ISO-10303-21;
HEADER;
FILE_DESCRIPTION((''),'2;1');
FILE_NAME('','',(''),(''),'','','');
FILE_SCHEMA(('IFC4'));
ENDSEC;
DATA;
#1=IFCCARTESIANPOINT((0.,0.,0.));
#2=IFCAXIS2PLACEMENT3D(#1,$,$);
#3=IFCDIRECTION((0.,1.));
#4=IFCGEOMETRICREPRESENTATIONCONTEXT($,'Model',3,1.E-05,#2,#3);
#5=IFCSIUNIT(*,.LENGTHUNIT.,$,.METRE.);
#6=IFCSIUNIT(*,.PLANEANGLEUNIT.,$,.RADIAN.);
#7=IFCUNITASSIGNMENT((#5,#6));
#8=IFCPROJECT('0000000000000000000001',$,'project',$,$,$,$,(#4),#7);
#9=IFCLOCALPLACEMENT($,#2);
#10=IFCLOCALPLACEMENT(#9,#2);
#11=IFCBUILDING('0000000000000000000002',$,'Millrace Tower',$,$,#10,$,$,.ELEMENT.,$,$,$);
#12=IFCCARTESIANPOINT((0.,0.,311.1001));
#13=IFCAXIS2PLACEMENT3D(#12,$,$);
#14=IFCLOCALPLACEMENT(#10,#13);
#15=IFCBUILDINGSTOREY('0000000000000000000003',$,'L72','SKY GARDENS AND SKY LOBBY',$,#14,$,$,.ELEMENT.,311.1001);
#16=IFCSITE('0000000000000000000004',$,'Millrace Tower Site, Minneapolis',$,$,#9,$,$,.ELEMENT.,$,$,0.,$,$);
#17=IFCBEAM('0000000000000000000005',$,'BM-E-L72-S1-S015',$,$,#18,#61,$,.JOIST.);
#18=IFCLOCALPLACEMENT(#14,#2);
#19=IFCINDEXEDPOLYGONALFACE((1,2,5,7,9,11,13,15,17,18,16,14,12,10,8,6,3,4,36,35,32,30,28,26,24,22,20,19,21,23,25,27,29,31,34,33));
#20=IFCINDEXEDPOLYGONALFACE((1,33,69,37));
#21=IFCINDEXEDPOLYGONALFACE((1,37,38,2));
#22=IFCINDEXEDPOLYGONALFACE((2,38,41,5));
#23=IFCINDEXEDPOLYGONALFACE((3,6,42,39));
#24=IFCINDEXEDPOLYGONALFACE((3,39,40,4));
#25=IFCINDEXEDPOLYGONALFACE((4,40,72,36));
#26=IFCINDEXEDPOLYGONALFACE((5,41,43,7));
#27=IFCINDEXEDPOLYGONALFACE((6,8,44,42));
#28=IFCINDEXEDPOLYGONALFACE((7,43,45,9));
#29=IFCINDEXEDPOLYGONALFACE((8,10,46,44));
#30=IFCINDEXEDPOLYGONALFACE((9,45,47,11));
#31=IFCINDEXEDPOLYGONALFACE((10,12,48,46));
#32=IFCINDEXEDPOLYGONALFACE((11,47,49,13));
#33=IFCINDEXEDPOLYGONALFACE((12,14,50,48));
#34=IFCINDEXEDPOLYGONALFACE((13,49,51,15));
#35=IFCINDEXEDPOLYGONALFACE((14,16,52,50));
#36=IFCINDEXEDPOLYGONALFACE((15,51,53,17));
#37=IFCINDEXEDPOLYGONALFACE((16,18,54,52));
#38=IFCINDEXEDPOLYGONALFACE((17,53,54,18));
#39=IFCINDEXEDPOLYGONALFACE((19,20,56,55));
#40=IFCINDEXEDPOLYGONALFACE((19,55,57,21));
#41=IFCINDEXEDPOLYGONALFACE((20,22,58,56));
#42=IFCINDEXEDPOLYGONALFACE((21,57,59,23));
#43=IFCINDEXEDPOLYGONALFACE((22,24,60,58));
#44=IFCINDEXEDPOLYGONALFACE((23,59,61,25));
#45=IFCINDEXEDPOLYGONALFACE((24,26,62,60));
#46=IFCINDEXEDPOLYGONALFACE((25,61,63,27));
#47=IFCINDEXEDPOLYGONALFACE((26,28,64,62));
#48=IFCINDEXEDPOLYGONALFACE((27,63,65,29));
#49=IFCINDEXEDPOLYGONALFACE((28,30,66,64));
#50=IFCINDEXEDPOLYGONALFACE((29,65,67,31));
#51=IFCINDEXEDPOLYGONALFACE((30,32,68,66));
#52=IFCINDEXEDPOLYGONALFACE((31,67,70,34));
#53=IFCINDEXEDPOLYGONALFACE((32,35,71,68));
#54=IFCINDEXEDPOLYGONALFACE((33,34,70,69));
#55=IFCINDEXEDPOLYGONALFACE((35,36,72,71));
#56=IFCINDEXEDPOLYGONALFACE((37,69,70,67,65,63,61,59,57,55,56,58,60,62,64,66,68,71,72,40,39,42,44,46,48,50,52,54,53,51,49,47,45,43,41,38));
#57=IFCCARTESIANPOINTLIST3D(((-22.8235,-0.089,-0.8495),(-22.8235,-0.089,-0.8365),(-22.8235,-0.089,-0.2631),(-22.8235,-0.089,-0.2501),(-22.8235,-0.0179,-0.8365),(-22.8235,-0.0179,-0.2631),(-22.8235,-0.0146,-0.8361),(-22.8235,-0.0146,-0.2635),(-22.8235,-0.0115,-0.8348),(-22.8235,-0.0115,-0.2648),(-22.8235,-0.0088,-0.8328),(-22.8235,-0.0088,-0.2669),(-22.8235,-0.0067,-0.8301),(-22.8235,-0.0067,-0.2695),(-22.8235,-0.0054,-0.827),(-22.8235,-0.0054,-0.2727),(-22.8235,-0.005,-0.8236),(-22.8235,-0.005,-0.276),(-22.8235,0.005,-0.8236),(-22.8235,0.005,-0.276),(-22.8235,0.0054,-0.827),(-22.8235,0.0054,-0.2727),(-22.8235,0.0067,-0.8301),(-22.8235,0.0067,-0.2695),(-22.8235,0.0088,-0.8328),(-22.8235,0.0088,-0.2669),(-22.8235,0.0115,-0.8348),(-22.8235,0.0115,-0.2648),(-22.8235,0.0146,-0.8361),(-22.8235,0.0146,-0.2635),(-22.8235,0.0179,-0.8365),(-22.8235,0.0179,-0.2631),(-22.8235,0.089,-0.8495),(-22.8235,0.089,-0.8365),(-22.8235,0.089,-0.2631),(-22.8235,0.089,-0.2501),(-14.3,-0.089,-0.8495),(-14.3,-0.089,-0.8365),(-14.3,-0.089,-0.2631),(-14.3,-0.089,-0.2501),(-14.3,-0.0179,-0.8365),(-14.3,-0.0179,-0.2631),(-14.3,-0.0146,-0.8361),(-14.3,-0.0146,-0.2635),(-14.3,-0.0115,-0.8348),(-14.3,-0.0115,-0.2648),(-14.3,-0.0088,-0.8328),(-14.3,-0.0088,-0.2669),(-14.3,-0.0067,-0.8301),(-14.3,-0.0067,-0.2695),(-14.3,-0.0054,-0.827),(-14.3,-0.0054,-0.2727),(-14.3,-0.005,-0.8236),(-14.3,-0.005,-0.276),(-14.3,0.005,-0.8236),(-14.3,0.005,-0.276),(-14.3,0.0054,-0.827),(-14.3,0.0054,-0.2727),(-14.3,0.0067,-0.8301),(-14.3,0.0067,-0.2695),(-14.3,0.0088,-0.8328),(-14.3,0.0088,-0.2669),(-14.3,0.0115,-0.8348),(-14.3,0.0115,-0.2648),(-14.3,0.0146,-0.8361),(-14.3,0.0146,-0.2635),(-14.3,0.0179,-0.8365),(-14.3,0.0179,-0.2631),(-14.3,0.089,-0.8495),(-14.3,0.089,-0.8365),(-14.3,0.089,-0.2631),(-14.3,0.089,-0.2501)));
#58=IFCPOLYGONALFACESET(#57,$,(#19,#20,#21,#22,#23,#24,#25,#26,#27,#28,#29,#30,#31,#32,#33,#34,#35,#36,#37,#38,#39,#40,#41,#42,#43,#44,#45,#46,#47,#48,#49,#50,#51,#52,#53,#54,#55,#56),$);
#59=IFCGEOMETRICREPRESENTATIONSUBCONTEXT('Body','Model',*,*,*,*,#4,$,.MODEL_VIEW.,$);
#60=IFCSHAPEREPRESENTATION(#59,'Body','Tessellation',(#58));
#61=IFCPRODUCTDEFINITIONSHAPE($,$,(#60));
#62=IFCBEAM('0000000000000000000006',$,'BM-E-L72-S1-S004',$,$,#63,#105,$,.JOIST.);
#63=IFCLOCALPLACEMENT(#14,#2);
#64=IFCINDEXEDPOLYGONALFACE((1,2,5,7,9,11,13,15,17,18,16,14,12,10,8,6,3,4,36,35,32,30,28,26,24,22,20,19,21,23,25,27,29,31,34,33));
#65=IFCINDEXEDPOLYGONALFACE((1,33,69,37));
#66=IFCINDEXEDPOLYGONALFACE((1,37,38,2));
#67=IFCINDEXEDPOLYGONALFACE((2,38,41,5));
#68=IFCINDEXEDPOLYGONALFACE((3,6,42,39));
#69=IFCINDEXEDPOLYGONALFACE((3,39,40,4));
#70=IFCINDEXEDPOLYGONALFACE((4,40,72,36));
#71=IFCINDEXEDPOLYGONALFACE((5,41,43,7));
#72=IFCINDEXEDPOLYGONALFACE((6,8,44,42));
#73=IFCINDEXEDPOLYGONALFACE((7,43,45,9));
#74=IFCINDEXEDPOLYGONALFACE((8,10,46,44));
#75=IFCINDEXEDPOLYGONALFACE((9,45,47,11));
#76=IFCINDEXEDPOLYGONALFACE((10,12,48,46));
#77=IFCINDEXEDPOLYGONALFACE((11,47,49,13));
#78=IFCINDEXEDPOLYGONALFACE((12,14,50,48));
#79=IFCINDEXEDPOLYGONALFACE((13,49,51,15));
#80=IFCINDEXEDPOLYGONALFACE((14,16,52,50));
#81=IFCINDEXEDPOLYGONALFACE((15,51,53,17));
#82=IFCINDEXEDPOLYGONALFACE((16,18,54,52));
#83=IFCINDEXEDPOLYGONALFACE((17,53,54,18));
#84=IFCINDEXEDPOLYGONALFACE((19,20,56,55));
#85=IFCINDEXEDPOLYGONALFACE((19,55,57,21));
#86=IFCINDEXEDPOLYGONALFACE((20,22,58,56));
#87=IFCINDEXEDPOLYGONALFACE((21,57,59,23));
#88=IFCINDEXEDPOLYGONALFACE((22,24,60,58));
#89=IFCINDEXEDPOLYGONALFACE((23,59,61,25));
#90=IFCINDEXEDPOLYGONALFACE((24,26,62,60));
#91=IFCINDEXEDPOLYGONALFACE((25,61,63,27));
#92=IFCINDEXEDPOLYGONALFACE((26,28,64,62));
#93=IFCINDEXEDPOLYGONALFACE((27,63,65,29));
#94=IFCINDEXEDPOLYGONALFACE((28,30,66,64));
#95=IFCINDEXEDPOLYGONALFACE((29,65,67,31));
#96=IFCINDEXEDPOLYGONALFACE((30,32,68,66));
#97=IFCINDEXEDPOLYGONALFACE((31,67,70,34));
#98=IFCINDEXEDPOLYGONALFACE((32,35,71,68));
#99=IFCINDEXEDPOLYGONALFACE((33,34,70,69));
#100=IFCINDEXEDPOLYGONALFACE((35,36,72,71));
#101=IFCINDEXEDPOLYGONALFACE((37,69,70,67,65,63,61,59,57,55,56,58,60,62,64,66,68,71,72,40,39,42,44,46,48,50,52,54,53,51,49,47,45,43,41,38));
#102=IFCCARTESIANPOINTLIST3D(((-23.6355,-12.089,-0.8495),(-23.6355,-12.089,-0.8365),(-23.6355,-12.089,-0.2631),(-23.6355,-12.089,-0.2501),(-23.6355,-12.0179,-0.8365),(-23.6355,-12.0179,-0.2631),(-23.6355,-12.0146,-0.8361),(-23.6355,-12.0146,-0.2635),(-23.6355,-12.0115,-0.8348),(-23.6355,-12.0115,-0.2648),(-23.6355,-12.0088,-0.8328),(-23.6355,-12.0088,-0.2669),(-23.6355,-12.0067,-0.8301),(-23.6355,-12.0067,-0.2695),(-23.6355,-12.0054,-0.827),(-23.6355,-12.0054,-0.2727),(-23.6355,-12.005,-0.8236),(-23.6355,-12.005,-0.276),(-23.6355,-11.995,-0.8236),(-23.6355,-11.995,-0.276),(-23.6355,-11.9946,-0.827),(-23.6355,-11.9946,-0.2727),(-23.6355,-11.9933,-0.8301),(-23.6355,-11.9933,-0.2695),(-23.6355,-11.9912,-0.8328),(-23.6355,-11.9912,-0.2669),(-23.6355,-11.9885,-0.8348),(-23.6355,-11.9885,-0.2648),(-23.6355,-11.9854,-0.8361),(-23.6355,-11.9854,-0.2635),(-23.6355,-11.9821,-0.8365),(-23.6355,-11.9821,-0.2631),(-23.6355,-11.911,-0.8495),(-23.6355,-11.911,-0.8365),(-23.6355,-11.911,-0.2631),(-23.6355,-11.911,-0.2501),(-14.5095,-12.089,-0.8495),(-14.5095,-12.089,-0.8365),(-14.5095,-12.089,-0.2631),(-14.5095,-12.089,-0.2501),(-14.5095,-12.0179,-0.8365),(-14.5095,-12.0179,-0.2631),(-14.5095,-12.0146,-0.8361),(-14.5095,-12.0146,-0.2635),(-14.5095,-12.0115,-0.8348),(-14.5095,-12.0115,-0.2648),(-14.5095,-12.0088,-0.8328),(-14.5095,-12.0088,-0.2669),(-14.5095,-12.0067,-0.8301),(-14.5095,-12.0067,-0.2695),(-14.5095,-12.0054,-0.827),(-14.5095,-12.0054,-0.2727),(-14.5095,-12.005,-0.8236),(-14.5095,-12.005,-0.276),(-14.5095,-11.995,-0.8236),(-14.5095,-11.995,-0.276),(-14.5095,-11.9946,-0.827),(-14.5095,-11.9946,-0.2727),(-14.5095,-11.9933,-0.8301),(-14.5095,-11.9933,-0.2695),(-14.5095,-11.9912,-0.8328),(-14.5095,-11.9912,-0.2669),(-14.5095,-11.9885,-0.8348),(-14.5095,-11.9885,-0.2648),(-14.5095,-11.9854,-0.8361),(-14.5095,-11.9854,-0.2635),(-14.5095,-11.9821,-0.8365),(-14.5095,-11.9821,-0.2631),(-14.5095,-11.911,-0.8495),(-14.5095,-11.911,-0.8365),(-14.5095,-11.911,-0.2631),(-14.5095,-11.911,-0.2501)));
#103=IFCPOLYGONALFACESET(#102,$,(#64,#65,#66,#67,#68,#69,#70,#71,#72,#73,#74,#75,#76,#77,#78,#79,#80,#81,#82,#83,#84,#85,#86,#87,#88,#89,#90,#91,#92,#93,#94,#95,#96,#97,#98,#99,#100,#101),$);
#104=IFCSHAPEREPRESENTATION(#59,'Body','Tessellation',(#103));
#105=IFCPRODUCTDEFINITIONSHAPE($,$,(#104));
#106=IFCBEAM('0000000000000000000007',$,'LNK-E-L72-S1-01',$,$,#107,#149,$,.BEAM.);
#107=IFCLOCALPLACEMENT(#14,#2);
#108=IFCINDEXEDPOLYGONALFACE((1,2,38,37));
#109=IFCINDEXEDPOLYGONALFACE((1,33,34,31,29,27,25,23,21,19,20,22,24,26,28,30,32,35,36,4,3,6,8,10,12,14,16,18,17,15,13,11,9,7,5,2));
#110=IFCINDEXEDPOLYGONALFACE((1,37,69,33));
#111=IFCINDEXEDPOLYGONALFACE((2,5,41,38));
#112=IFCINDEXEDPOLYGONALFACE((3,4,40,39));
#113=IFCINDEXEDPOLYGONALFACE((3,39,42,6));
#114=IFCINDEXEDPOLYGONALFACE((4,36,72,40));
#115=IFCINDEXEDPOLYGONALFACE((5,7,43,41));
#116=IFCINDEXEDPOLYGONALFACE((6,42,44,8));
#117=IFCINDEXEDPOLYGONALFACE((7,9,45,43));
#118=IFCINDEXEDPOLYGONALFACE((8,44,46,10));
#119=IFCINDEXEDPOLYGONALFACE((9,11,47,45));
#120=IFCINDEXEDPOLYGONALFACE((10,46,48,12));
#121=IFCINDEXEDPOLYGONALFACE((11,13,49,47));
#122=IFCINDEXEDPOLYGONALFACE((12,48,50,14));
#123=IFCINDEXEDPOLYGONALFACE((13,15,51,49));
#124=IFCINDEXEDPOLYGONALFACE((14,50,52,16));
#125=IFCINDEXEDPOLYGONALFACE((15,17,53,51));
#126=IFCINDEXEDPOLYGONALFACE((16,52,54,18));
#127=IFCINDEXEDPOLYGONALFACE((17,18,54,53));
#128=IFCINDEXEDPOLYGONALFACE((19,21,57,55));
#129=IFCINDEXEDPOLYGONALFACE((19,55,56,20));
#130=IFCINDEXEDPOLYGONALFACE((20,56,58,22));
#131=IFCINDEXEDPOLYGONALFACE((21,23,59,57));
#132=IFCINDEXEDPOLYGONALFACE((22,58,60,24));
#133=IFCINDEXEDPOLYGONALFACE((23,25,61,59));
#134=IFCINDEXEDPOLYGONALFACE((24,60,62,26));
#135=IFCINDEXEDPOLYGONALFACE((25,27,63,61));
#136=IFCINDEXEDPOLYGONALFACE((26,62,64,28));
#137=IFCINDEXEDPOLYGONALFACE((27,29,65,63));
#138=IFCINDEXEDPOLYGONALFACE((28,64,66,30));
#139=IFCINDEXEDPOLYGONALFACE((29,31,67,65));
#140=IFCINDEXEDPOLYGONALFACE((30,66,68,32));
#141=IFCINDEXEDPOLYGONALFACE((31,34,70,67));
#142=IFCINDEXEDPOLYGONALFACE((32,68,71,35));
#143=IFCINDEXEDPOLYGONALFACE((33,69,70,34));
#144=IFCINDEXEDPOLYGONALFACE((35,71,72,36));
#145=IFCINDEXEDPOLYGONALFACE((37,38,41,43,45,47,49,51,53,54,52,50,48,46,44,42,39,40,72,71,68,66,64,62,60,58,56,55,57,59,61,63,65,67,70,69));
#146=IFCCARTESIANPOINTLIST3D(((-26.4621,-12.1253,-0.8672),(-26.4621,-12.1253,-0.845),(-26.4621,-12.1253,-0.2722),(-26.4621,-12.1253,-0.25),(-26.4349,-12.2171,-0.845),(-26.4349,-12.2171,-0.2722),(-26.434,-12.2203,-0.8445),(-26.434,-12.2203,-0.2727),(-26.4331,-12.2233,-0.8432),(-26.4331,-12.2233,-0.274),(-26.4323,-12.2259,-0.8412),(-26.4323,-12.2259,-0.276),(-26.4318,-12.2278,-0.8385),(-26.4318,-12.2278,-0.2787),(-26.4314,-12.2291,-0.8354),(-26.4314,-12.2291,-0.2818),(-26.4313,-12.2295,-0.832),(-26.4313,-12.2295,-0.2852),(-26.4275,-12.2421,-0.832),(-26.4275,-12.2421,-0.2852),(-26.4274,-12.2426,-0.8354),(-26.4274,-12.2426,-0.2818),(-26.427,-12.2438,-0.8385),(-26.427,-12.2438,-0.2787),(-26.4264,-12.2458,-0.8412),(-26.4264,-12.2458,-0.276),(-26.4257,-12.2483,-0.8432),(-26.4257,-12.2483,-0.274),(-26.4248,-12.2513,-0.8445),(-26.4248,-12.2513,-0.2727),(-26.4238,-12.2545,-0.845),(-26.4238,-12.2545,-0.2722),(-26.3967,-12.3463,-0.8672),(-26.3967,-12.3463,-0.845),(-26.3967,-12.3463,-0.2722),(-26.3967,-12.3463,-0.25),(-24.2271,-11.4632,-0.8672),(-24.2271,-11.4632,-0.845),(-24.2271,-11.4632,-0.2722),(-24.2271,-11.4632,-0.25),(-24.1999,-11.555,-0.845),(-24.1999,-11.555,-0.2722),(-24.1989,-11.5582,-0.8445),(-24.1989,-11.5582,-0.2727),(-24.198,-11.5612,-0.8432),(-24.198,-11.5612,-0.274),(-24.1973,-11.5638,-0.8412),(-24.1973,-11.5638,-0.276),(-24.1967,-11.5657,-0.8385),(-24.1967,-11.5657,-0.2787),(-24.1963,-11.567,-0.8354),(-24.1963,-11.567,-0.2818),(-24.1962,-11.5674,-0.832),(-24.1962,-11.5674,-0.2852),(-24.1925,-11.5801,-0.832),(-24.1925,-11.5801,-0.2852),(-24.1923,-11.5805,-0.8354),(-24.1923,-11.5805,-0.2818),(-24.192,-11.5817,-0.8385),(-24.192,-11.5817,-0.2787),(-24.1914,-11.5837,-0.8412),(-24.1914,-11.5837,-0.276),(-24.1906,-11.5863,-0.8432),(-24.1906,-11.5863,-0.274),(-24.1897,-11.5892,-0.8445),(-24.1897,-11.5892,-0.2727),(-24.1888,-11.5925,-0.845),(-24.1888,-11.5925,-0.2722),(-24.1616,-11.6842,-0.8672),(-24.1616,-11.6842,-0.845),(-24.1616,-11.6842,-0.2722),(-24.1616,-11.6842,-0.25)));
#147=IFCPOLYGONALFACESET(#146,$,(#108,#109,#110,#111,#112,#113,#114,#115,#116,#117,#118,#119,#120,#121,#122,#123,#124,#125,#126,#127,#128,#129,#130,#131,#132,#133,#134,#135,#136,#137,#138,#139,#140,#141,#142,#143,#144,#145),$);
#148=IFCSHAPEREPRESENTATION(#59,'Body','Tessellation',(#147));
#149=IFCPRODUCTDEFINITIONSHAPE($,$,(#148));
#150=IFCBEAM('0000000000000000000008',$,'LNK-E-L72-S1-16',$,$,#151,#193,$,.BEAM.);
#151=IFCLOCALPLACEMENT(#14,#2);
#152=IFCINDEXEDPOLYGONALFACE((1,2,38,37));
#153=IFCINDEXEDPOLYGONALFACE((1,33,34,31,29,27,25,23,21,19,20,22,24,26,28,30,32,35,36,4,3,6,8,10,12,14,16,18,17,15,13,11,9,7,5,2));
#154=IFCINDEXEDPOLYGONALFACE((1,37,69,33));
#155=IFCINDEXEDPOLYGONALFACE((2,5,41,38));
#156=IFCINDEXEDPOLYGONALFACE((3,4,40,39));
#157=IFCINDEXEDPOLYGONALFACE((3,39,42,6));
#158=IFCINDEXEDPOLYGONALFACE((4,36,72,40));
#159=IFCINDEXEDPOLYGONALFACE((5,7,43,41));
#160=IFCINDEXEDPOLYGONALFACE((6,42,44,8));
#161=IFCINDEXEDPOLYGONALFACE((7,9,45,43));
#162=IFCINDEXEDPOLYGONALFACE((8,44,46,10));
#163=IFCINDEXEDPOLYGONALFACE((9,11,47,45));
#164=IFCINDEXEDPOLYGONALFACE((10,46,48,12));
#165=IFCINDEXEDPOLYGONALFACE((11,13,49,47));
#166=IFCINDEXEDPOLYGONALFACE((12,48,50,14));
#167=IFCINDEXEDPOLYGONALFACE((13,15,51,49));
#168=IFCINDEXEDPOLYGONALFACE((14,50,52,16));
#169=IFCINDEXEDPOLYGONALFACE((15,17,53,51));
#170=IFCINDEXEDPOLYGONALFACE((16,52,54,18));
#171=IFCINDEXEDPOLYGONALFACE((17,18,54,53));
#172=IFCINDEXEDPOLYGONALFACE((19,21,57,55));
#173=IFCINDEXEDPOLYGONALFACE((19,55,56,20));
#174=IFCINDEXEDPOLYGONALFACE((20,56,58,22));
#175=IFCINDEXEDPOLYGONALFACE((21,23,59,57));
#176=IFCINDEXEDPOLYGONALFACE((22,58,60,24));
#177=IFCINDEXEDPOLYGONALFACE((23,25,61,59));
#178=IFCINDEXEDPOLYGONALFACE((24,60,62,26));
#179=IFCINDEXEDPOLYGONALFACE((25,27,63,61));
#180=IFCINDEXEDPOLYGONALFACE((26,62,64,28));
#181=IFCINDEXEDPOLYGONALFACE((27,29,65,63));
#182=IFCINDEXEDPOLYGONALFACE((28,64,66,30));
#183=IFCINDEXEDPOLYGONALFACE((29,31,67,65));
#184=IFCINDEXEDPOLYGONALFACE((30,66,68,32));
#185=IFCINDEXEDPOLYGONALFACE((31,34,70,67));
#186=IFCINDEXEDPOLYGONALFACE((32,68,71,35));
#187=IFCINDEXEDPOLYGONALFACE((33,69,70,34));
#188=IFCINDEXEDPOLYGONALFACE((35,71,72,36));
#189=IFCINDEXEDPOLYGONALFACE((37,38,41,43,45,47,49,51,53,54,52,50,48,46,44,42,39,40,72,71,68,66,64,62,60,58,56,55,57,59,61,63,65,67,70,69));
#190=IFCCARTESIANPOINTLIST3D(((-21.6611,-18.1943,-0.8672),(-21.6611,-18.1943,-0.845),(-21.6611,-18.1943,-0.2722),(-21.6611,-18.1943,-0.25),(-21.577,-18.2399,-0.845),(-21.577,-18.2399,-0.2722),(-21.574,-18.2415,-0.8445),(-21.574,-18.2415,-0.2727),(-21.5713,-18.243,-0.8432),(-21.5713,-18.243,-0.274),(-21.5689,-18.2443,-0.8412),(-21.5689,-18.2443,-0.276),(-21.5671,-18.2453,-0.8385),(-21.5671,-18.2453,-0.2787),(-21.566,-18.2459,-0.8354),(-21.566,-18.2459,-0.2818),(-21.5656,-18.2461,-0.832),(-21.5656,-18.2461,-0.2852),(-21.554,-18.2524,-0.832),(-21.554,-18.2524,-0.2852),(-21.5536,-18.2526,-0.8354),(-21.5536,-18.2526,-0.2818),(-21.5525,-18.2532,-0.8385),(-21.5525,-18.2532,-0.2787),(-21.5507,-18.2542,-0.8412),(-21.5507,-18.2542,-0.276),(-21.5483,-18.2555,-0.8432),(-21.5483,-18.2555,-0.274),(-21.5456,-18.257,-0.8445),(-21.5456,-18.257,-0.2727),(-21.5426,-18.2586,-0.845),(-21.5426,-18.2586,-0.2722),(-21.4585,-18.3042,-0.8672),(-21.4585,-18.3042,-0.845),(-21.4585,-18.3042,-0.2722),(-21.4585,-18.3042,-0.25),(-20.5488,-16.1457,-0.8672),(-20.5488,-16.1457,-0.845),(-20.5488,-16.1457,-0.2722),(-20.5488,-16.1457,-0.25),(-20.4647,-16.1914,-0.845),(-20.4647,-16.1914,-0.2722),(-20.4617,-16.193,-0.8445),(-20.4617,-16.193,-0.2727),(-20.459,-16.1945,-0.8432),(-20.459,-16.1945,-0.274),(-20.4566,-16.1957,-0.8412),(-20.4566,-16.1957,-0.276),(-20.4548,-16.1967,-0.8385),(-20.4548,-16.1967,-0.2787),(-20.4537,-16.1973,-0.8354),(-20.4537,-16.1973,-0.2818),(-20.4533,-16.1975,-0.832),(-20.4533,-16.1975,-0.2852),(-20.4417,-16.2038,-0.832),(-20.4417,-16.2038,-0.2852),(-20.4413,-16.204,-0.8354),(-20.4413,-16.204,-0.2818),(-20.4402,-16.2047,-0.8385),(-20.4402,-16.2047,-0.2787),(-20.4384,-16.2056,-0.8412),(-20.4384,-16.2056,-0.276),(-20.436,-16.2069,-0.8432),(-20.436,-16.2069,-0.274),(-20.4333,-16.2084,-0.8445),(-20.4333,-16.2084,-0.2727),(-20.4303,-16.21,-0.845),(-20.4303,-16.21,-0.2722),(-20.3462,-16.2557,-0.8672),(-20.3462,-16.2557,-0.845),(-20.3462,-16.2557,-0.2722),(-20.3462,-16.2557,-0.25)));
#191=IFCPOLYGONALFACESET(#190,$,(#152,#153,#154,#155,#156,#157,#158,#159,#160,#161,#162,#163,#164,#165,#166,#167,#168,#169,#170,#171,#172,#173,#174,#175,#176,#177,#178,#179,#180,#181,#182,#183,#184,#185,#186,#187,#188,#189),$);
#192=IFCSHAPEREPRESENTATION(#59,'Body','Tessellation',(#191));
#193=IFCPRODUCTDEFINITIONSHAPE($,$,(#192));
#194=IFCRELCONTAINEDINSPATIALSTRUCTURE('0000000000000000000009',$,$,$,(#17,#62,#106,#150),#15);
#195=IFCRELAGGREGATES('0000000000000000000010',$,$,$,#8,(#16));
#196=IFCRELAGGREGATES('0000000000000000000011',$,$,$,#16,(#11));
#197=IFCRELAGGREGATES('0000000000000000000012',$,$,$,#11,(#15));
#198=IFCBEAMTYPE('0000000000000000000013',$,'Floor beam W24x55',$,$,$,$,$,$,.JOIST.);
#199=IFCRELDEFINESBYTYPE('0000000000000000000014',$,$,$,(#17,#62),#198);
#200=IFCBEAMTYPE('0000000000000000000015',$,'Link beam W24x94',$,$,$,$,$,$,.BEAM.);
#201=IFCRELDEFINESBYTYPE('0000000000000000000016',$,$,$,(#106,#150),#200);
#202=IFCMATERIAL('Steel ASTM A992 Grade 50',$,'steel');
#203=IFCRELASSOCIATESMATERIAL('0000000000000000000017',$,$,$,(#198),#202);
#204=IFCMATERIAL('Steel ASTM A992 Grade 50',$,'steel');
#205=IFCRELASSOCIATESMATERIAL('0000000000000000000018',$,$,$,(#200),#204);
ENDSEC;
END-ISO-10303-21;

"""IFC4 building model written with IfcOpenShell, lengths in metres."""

from ifc_helpers import new_model, si_unit, direction, frame, origin, origin_2d, place, context, subcontext, project, spatial, i_section, extrude, material, material_profile, profile_set, type_object, element, save


model = new_model("IFC4")

# Units and contexts
model_context = context("Model", 3, precision=1e-05, world=origin(), true_north=direction((0.0, 1.0)))
body_context = subcontext(model_context, "Body", "Model", "MODEL_VIEW")
ifc_project = project(units=[si_unit("LENGTHUNIT", "METRE"), si_unit("PLANEANGLEUNIT", "RADIAN")], contexts=[model_context])

# Site, building, storey
site_placement = place(None, origin())
site = spatial("IfcSite", under=ifc_project, at=site_placement, Name="Millrace Tower Site, Minneapolis", CompositionType="ELEMENT", RefElevation=0.0)
building_placement = place(site_placement, origin())
building = spatial("IfcBuilding", under=site, at=building_placement, Name="Millrace Tower", CompositionType="ELEMENT")
storey_placement = place(building_placement, frame((0.0, 0.0, 311.1001)))
storey = spatial("IfcBuildingStorey", under=building, at=storey_placement, Name="L72", Description="SKY GARDENS AND SKY LOBBY", CompositionType="ELEMENT", Elevation=311.1001)

# Beams
ifc_material_1 = material(Name="Steel ASTM A992 Grade 50", Category="steel")
ifc_material_profile_1 = material_profile(ifc_material_1, i_section(OverallWidth=0.178, OverallDepth=0.5994, WebThickness=0.01, FlangeThickness=0.0129, FilletRadius=0.0129, at=origin_2d()))
ifc_profile_set_1 = profile_set([ifc_material_profile_1], Name="Steel ASTM A992 Grade 50")
beam_type_1 = type_object("IfcBeamType", Name="Floor beam W24x55", PredefinedType="JOIST", material=ifc_profile_set_1)
beam_1_placement = place(storey_placement, frame((-22.8235, 0.0, -0.5498), z_axis=(1.0, 0.0, 0.0), x_axis=(0.0, 1.0, 0.0)))
element("IfcBeam", 1, at=beam_1_placement, inside=storey, type_object=beam_type_1, Name="BM-E-L72-S1-S015", PredefinedType="JOIST", context=body_context, shape_type="SweptSolid", body=[
    extrude(i_section(OverallWidth=0.178, OverallDepth=0.5994, WebThickness=0.01, FlangeThickness=0.0129, FilletRadius=0.0129, at=origin_2d()), origin(), (0.0, 0.0, 1.0), 8.5234),
])
beam_2_placement = place(storey_placement, frame((-23.6355, -12.0, -0.5498), z_axis=(1.0, 0.0, 0.0), x_axis=(0.0, 1.0, 0.0)))
element("IfcBeam", 2, at=beam_2_placement, inside=storey, type_object=beam_type_1, Name="BM-E-L72-S1-S004", PredefinedType="JOIST", context=body_context, shape_type="SweptSolid", body=[
    extrude(i_section(OverallWidth=0.178, OverallDepth=0.5994, WebThickness=0.01, FlangeThickness=0.0129, FilletRadius=0.0129, at=origin_2d()), origin(), (0.0, 0.0, 1.0), 9.126),
])
ifc_material_2 = material(Name="Steel ASTM A992 Grade 50", Category="steel")
ifc_material_profile_2 = material_profile(ifc_material_2, i_section(OverallWidth=0.2305, OverallDepth=0.6172, WebThickness=0.0132, FlangeThickness=0.0222, FilletRadius=0.0129, at=origin_2d()))
ifc_profile_set_2 = profile_set([ifc_material_profile_2], Name="Steel ASTM A992 Grade 50")
beam_type_2 = type_object("IfcBeamType", Name="Link beam W24x94", PredefinedType="BEAM", material=ifc_profile_set_2)
for number, where, z_axis, x_axis, name in (
    (3, (-24.1943, -11.5737, -0.5586), (-0.958815, -0.284031, 0.0), (0.284031, -0.958815, 0.0), "LNK-E-L72-S1-01"),
    (4, (-20.4475, -16.2007, -0.5586), (-0.477164, -0.878815, 0.0), (0.878815, -0.477164, 0.0), "LNK-E-L72-S1-16"),
):
    element("IfcBeam", number, at=place(storey_placement, frame(where, z_axis=z_axis, x_axis=x_axis)), inside=storey, type_object=beam_type_2, Name=name, PredefinedType="BEAM", context=body_context, shape_type="SweptSolid", body=[
        extrude(i_section(OverallWidth=0.2305, OverallDepth=0.6172, WebThickness=0.0132, FlangeThickness=0.0222, FilletRadius=0.0129, at=origin_2d()), origin(), (0.0, 0.0, 1.0), 2.3311),
    ])

save(model, "model.ifc")
